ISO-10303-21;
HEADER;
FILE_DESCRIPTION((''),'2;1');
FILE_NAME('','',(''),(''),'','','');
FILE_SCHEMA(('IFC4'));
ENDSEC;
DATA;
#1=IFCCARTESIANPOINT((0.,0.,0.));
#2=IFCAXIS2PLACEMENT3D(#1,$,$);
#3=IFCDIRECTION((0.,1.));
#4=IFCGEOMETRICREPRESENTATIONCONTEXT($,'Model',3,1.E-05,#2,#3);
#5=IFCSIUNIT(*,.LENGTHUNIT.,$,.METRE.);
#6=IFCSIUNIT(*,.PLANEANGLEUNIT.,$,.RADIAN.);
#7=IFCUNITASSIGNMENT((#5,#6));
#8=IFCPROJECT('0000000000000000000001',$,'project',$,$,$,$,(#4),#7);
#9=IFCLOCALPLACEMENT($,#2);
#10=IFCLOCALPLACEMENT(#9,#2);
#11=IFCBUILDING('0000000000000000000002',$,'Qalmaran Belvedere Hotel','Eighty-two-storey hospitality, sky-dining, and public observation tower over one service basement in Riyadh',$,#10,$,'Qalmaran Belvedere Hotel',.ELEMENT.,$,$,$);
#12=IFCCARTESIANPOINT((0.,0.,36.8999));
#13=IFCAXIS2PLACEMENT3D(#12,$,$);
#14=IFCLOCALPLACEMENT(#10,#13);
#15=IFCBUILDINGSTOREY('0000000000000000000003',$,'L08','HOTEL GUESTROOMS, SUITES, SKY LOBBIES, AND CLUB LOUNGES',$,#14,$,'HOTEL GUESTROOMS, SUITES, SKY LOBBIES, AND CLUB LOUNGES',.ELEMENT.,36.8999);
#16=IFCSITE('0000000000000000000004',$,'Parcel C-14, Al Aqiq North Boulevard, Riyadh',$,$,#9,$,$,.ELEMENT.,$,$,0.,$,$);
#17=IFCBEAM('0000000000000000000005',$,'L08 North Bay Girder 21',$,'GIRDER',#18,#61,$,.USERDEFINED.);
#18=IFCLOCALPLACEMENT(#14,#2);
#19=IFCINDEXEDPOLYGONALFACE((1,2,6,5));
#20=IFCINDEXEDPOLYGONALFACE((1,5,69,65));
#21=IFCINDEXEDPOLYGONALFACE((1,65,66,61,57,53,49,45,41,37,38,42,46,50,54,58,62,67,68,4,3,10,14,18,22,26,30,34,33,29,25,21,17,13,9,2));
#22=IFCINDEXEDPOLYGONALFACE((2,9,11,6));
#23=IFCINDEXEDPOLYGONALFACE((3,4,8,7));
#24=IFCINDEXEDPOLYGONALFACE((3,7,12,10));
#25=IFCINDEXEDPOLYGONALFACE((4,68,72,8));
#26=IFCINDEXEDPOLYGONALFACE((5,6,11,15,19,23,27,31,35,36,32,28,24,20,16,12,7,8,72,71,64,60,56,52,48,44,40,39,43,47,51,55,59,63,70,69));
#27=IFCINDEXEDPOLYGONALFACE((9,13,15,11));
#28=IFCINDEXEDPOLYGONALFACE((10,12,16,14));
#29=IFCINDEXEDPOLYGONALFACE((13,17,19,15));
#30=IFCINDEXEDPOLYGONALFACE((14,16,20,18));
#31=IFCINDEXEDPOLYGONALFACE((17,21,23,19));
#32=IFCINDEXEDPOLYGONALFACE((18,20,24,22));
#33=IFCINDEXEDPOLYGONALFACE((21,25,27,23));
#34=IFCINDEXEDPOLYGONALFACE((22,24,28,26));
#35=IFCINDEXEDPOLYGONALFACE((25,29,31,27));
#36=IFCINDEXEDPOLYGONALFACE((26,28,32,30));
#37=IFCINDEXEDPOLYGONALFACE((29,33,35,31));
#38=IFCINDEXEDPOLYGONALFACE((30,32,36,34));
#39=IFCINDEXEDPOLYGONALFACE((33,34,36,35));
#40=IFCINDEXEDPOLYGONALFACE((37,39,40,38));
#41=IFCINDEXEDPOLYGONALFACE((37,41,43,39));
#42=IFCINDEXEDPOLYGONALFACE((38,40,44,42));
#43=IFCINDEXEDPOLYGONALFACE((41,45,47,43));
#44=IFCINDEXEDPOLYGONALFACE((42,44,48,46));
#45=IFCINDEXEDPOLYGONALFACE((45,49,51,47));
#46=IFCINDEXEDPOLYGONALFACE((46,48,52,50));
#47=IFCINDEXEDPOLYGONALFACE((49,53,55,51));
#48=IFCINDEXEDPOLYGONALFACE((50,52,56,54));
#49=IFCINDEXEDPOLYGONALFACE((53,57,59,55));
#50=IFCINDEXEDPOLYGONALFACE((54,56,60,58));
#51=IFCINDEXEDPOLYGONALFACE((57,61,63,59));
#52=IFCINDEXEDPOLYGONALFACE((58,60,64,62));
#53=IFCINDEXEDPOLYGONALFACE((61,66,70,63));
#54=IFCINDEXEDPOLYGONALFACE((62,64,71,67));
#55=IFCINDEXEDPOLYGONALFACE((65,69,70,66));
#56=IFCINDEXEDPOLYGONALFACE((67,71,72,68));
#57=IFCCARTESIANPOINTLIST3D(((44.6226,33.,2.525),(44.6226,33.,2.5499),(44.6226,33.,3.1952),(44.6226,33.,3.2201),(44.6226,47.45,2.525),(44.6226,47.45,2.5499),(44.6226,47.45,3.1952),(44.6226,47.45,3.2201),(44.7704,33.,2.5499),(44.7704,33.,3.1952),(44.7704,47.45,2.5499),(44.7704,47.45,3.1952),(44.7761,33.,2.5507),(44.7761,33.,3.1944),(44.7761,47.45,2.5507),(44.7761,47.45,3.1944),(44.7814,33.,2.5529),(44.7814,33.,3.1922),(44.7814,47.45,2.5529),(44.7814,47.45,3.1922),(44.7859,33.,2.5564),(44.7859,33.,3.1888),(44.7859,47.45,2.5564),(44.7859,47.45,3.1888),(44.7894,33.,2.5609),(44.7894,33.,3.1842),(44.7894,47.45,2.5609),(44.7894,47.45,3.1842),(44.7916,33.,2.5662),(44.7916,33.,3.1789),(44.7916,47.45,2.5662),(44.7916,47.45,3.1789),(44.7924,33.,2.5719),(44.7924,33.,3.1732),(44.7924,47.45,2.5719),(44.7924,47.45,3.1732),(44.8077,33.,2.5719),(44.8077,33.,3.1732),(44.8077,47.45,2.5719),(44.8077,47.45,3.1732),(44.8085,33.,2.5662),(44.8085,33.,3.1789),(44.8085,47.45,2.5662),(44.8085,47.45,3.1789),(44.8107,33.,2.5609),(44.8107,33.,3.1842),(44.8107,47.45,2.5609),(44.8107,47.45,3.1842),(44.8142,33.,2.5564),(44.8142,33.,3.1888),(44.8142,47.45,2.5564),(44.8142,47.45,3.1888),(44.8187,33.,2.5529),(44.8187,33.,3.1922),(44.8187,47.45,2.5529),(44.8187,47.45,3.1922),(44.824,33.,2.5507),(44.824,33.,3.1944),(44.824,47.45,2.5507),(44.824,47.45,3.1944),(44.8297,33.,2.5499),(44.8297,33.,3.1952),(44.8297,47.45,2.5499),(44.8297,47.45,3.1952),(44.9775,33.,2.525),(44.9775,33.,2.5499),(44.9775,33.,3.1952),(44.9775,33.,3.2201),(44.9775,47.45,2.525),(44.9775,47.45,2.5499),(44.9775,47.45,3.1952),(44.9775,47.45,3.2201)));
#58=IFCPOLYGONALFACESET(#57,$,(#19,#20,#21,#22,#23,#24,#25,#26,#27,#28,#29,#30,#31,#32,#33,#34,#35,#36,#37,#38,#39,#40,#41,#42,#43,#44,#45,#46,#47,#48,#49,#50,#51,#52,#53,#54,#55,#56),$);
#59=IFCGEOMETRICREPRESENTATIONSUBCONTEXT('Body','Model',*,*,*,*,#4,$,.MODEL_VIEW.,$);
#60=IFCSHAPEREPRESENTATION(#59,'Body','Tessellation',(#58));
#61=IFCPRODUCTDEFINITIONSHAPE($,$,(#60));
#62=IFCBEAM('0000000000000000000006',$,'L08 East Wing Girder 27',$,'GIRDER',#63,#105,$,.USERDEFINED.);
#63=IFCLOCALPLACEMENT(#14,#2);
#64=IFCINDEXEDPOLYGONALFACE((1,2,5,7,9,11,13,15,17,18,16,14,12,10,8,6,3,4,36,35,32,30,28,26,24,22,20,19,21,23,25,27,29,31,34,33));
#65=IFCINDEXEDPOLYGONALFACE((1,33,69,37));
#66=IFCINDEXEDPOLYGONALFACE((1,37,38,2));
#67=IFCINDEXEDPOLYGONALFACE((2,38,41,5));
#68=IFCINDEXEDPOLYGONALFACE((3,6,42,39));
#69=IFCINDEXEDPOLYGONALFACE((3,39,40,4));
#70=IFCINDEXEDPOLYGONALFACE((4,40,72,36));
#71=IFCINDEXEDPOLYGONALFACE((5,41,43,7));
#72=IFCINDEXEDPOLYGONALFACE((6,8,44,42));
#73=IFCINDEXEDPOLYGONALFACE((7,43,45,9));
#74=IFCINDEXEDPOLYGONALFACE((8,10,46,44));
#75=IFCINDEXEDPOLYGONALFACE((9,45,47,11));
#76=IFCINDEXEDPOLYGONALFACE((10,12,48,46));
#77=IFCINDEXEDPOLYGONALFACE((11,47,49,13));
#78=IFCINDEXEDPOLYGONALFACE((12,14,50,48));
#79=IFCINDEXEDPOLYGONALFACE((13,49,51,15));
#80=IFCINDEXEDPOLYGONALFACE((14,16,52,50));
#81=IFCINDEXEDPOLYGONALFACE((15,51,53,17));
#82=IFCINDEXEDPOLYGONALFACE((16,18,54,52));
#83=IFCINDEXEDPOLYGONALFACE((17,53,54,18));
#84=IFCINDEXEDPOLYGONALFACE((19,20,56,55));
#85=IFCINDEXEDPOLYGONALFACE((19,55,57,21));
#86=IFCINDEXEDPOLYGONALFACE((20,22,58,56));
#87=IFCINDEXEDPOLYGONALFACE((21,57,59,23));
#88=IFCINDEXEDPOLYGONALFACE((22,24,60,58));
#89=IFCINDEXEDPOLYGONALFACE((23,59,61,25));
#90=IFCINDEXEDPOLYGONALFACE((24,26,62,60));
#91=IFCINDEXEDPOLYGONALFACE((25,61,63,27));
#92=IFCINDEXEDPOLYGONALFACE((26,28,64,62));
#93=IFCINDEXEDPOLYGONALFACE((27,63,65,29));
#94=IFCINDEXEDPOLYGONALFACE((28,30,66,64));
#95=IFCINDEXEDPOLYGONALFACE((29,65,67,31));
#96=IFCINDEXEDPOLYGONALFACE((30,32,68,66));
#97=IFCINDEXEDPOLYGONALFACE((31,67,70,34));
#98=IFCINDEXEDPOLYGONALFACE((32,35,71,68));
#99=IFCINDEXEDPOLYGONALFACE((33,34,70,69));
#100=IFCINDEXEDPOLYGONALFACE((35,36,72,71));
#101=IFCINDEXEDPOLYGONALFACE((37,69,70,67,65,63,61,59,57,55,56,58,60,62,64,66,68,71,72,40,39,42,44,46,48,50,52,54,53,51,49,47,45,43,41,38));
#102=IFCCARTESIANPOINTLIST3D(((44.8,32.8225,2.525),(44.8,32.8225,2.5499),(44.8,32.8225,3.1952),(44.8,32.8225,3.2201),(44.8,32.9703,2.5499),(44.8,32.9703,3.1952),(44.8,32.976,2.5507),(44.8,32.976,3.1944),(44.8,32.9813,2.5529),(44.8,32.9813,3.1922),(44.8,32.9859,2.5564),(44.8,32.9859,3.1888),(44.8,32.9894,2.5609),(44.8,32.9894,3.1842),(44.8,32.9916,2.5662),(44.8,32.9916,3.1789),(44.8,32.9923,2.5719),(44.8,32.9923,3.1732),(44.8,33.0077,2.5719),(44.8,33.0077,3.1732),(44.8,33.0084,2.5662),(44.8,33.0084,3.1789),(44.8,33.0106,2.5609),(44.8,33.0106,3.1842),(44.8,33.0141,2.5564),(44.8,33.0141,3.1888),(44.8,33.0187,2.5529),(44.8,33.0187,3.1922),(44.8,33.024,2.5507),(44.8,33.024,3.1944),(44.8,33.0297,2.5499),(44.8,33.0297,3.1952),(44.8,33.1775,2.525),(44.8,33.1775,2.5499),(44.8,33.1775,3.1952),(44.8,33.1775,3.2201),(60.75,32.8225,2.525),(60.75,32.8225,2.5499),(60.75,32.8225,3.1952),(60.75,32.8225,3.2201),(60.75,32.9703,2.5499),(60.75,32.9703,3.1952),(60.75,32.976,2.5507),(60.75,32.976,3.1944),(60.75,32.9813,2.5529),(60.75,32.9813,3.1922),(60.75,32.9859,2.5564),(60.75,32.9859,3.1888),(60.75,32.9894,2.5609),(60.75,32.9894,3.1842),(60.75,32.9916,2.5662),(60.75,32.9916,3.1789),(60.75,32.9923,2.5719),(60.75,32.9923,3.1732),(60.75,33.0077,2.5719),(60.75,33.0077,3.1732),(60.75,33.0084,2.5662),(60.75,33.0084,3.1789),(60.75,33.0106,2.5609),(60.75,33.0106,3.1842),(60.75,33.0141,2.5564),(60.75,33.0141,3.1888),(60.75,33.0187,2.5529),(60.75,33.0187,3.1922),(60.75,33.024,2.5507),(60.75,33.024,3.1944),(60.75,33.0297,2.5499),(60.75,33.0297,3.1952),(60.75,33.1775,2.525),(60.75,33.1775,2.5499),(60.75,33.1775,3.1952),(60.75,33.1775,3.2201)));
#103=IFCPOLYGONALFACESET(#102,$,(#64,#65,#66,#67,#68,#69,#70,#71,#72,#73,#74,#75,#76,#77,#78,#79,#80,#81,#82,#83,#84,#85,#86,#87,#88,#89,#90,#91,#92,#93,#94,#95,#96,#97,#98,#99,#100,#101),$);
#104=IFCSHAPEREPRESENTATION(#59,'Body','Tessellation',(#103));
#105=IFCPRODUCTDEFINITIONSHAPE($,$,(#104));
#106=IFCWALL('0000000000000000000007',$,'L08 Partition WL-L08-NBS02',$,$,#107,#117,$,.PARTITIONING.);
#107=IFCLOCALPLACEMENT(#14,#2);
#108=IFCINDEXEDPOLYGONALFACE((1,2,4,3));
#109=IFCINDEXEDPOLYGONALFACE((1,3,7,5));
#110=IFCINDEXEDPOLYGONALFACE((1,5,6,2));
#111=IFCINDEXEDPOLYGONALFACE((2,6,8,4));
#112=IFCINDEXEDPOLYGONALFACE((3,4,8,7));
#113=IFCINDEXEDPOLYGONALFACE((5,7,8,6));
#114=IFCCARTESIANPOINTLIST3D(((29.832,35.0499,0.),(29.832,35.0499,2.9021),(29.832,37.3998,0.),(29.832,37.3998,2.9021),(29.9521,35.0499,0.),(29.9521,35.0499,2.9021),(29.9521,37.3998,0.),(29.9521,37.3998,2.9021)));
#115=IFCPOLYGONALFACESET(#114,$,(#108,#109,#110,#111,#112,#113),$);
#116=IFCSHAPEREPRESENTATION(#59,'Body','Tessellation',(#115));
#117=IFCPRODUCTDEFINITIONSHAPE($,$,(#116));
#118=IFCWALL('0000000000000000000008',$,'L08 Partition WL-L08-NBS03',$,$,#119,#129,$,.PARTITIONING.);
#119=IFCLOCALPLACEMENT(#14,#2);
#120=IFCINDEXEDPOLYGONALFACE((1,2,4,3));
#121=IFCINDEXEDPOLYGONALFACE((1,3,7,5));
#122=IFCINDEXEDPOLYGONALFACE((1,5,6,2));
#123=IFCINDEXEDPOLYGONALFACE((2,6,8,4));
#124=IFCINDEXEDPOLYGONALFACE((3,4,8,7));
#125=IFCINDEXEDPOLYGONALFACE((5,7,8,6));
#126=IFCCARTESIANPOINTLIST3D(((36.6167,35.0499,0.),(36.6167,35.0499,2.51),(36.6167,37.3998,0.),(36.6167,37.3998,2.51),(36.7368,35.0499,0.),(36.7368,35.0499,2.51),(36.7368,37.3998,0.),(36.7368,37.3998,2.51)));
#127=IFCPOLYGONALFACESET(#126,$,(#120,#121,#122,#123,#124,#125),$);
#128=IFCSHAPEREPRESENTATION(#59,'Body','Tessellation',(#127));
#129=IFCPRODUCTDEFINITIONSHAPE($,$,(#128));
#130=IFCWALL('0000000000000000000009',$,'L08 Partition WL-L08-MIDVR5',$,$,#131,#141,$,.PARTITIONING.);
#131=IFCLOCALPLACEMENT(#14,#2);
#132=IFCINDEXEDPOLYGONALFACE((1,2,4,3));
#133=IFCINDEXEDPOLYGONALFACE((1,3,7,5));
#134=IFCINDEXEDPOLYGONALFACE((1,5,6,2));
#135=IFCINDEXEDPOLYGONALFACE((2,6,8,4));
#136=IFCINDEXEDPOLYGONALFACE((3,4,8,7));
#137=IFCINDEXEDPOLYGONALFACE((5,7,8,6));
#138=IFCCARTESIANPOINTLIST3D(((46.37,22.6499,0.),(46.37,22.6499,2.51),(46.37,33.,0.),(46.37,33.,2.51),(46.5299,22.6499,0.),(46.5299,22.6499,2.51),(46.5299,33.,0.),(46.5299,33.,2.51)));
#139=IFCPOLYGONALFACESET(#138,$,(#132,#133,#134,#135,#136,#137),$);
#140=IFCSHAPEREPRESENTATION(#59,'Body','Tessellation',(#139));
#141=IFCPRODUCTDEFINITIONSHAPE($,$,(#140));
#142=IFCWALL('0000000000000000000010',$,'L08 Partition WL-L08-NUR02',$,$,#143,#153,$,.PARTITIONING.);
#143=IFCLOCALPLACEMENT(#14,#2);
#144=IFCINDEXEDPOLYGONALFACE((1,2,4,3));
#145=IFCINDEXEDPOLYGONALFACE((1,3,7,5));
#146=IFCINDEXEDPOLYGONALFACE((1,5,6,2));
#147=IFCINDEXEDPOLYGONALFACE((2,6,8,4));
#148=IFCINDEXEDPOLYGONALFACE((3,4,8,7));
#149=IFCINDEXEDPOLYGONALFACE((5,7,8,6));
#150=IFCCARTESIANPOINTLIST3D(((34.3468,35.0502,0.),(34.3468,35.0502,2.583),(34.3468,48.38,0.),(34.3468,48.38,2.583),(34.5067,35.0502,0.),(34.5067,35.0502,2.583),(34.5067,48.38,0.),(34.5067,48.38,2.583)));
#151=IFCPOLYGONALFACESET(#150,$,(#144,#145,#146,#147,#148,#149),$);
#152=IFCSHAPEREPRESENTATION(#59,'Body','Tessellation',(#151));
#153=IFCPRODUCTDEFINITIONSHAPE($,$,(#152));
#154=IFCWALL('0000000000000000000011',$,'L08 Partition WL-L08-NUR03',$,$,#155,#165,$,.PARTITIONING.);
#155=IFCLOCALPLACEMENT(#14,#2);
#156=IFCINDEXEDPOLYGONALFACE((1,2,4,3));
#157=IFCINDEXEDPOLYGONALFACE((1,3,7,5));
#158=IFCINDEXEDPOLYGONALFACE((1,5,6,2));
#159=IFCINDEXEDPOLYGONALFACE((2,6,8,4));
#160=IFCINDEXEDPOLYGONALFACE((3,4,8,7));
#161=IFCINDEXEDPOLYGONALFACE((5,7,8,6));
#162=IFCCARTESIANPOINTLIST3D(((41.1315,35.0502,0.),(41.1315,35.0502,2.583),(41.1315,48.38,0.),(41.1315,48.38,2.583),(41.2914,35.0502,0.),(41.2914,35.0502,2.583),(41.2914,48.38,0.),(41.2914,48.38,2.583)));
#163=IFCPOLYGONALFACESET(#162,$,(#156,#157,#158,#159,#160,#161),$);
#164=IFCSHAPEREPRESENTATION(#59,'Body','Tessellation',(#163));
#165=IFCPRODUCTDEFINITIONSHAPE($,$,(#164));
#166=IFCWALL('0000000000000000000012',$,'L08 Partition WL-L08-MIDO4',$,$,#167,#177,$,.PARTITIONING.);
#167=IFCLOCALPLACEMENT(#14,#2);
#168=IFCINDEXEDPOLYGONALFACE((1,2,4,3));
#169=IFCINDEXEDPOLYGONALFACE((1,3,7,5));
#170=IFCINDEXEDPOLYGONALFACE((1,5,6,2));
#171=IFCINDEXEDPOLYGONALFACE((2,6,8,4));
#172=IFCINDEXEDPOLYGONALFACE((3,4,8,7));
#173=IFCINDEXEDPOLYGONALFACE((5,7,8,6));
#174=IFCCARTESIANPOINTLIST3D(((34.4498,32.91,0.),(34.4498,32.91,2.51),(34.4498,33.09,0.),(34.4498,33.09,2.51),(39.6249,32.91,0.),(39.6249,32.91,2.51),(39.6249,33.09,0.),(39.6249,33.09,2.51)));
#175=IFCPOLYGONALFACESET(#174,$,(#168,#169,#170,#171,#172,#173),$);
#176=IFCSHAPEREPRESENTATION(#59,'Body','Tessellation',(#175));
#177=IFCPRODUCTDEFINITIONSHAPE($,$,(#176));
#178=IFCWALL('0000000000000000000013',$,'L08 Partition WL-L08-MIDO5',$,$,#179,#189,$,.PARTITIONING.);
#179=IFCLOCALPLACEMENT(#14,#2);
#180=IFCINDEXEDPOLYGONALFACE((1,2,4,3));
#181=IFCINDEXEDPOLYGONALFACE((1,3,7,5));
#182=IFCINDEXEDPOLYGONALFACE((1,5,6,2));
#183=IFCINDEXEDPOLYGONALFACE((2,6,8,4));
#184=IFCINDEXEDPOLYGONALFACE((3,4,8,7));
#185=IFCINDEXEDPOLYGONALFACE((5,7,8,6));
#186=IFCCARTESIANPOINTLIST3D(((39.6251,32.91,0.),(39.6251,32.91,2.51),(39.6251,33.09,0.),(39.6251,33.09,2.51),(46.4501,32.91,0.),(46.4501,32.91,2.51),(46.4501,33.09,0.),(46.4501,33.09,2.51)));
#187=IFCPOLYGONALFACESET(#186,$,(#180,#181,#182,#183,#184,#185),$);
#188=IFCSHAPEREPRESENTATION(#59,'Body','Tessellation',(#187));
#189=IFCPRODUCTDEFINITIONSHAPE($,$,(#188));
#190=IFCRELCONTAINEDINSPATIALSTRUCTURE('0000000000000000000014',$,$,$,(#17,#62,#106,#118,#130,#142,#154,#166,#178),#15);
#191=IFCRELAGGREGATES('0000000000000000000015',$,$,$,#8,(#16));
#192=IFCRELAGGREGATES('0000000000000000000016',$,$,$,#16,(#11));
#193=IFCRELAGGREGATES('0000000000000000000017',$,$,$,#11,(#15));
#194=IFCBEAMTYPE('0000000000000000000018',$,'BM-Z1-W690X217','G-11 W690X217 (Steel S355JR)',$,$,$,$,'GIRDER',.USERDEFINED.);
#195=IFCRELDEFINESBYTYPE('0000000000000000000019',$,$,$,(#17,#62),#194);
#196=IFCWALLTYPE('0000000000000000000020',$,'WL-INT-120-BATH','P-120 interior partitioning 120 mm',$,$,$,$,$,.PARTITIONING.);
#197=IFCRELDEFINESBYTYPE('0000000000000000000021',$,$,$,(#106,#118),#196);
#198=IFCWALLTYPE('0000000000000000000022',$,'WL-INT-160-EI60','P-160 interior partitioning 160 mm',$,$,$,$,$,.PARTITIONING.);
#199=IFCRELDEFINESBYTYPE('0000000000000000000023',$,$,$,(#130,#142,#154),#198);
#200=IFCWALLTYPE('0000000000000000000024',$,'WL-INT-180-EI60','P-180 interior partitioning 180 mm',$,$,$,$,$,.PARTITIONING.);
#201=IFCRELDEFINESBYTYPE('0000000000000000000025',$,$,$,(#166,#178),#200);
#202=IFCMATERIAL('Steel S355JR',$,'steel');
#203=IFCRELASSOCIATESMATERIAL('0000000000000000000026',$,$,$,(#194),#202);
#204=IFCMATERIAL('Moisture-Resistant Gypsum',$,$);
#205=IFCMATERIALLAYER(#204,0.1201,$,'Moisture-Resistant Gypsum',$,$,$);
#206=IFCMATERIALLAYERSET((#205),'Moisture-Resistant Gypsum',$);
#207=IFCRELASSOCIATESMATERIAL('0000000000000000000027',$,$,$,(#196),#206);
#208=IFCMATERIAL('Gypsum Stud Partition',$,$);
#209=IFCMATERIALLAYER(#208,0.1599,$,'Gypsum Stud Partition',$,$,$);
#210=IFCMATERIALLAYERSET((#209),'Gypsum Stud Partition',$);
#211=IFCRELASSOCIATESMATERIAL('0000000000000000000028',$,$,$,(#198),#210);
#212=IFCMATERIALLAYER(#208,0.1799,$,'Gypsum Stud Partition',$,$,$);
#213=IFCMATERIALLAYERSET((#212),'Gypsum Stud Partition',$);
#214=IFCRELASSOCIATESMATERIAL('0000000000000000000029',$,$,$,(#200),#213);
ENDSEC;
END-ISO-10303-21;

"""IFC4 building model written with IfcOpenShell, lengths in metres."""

from ifc_helpers import new_model, si_unit, direction, frame, frame_2d, origin, origin_2d, place, context, subcontext, project, spatial, rectangle, i_section, extrude, material, layer, layer_set, material_profile, profile_set, type_object, element, save


model = new_model("IFC4")

# Units and contexts
model_context = context("Model", 3, precision=1e-05, world=origin(), true_north=direction((0.0, 1.0)))
body_context = subcontext(model_context, "Body", "Model", "MODEL_VIEW")
ifc_project = project(units=[si_unit("LENGTHUNIT", "METRE"), si_unit("PLANEANGLEUNIT", "RADIAN")], contexts=[model_context])

# Site, building, storey
site_placement = place(None, origin())
site = spatial("IfcSite", under=ifc_project, at=site_placement, Name="Parcel C-14, Al Aqiq North Boulevard, Riyadh", CompositionType="ELEMENT", RefElevation=0.0)
building_placement = place(site_placement, origin())
building = spatial("IfcBuilding", under=site, at=building_placement, Name="Qalmaran Belvedere Hotel", Description="Eighty-two-storey hospitality, sky-dining, and public observation tower over one service basement in Riyadh", LongName="Qalmaran Belvedere Hotel", CompositionType="ELEMENT")
storey_placement = place(building_placement, frame((0.0, 0.0, 36.8999)))
storey = spatial("IfcBuildingStorey", under=building, at=storey_placement, Name="L08", Description="HOTEL GUESTROOMS, SUITES, SKY LOBBIES, AND CLUB LOUNGES", LongName="HOTEL GUESTROOMS, SUITES, SKY LOBBIES, AND CLUB LOUNGES", CompositionType="ELEMENT", Elevation=36.8999)

# Beams
ifc_material_1 = material(Name="Steel S355JR", Category="steel")
ifc_material_profile_1 = material_profile(ifc_material_1, i_section(OverallWidth=0.355, OverallDepth=0.6951, WebThickness=0.0154, FlangeThickness=0.0249, FilletRadius=0.022, at=origin_2d()), Name="W690X217")
ifc_profile_set_1 = profile_set([ifc_material_profile_1], Name="Steel S355JR")
beam_type_1 = type_object("IfcBeamType", Name="BM-Z1-W690X217", Description="G-11 W690X217 (Steel S355JR)", ElementType="GIRDER", PredefinedType="USERDEFINED", material=ifc_profile_set_1)
for number, where, z_axis, x_axis, name in (
    (1, (44.8, 33.0, 2.8726), (0.0, 1.0, 0.0), (-1.0, 0.0, 0.0), "L08 North Bay Girder 21"),
):
    element("IfcBeam", number, at=place(storey_placement, frame(where, z_axis=z_axis, x_axis=x_axis)), inside=storey, type_object=beam_type_1, Name=name, ObjectType="GIRDER", PredefinedType="USERDEFINED", context=body_context, shape_type="SweptSolid", body=[
        extrude(i_section(OverallWidth=0.355, OverallDepth=0.6951, WebThickness=0.0154, FlangeThickness=0.0249, FilletRadius=0.022, at=origin_2d()), origin(), (0.0, 0.0, 1.0), 14.45),
    ])
beam_1_placement = place(storey_placement, frame((44.8, 33.0, 2.8726), z_axis=(1.0, 0.0, 0.0), x_axis=(0.0, 1.0, 0.0)))
element("IfcBeam", 2, at=beam_1_placement, inside=storey, type_object=beam_type_1, Name="L08 East Wing Girder 27", ObjectType="GIRDER", PredefinedType="USERDEFINED", context=body_context, shape_type="SweptSolid", body=[
    extrude(i_section(OverallWidth=0.355, OverallDepth=0.6951, WebThickness=0.0154, FlangeThickness=0.0249, FilletRadius=0.022, at=origin_2d()), origin(), (0.0, 0.0, 1.0), 15.95),
])

# Walls
ifc_material_2 = material(Name="Moisture-Resistant Gypsum")
ifc_layer_1 = layer(ifc_material_2, 0.1201, Name="Moisture-Resistant Gypsum")
ifc_layer_set_1 = layer_set([ifc_layer_1], Name="Moisture-Resistant Gypsum")
wall_type_1 = type_object("IfcWallType", Name="WL-INT-120-BATH", Description="P-120 interior partitioning 120 mm", PredefinedType="PARTITIONING", material=ifc_layer_set_1)
wall_1_placement = place(storey_placement, frame((29.8921, 35.05, 0.0), z_axis=(0.0, 0.0, 1.0), x_axis=(0.0, 1.0, 0.0)))
element("IfcWall", 3, at=wall_1_placement, inside=storey, type_object=wall_type_1, Name="L08 Partition WL-L08-NBS02", PredefinedType="PARTITIONING", context=body_context, shape_type="SweptSolid", body=[
    extrude(rectangle(XDim=2.3499, YDim=0.1201, at=frame_2d((1.1748, 0.0))), origin(), (0.0, 0.0, 1.0), 2.9021),
])
wall_2_placement = place(storey_placement, frame((36.6768, 35.05, 0.0), z_axis=(0.0, 0.0, 1.0), x_axis=(0.0, 1.0, 0.0)))
element("IfcWall", 4, at=wall_2_placement, inside=storey, type_object=wall_type_1, Name="L08 Partition WL-L08-NBS03", PredefinedType="PARTITIONING", context=body_context, shape_type="SweptSolid", body=[
    extrude(rectangle(XDim=2.3499, YDim=0.1201, at=frame_2d((1.1748, 0.0))), origin(), (0.0, 0.0, 1.0), 2.51),
])

# Shared definitions
ifc_material_3 = material(Name="Gypsum Stud Partition")

# Walls
ifc_layer_2 = layer(ifc_material_3, 0.1599, Name="Gypsum Stud Partition")
ifc_layer_set_2 = layer_set([ifc_layer_2], Name="Gypsum Stud Partition")
wall_type_2 = type_object("IfcWallType", Name="WL-INT-160-EI60", Description="P-160 interior partitioning 160 mm", PredefinedType="PARTITIONING", material=ifc_layer_set_2)
wall_3_placement = place(storey_placement, frame((46.45, 22.6499, 0.0), z_axis=(0.0, 0.0, 1.0), x_axis=(0.0, 1.0, 0.0)))
element("IfcWall", 5, at=wall_3_placement, inside=storey, type_object=wall_type_2, Name="L08 Partition WL-L08-MIDVR5", PredefinedType="PARTITIONING", context=body_context, shape_type="SweptSolid", body=[
    extrude(rectangle(XDim=10.3501, YDim=0.1599, at=frame_2d((5.175, 0.0))), origin(), (0.0, 0.0, 1.0), 2.51),
])
for number, where, z_axis, x_axis, name in (
    (6, (34.4268, 35.05, 0.0), (0.0, 0.0, 1.0), (0.0, 1.0, 0.0), "L08 Partition WL-L08-NUR02"),
    (7, (41.2114, 35.05, 0.0), (0.0, 0.0, 1.0), (0.0, 1.0, 0.0), "L08 Partition WL-L08-NUR03"),
):
    element("IfcWall", number, at=place(storey_placement, frame(where, z_axis=z_axis, x_axis=x_axis)), inside=storey, type_object=wall_type_2, Name=name, PredefinedType="PARTITIONING", context=body_context, shape_type="SweptSolid", body=[
        extrude(rectangle(XDim=13.3298, YDim=0.1599, at=frame_2d((6.665, 0.0))), origin(), (0.0, 0.0, 1.0), 2.583),
    ])
ifc_layer_3 = layer(ifc_material_3, 0.1799, Name="Gypsum Stud Partition")
ifc_layer_set_3 = layer_set([ifc_layer_3], Name="Gypsum Stud Partition")
wall_type_3 = type_object("IfcWallType", Name="WL-INT-180-EI60", Description="P-180 interior partitioning 180 mm", PredefinedType="PARTITIONING", material=ifc_layer_set_3)
wall_4_placement = place(storey_placement, frame((34.45, 33.0, 0.0), z_axis=(0.0, 0.0, 1.0), x_axis=(1.0, 0.0, 0.0)))
element("IfcWall", 8, at=wall_4_placement, inside=storey, type_object=wall_type_3, Name="L08 Partition WL-L08-MIDO4", PredefinedType="PARTITIONING", context=body_context, shape_type="SweptSolid", body=[
    extrude(rectangle(XDim=5.175, YDim=0.1799, at=frame_2d((2.5874, 0.0))), origin(), (0.0, 0.0, 1.0), 2.51),
])
wall_5_placement = place(storey_placement, frame((39.625, 33.0, 0.0), z_axis=(0.0, 0.0, 1.0), x_axis=(1.0, 0.0, 0.0)))
element("IfcWall", 9, at=wall_5_placement, inside=storey, type_object=wall_type_3, Name="L08 Partition WL-L08-MIDO5", PredefinedType="PARTITIONING", context=body_context, shape_type="SweptSolid", body=[
    extrude(rectangle(XDim=6.825, YDim=0.1799, at=frame_2d((3.4126, 0.0))), origin(), (0.0, 0.0, 1.0), 2.51),
])

save(model, "model.ifc")
